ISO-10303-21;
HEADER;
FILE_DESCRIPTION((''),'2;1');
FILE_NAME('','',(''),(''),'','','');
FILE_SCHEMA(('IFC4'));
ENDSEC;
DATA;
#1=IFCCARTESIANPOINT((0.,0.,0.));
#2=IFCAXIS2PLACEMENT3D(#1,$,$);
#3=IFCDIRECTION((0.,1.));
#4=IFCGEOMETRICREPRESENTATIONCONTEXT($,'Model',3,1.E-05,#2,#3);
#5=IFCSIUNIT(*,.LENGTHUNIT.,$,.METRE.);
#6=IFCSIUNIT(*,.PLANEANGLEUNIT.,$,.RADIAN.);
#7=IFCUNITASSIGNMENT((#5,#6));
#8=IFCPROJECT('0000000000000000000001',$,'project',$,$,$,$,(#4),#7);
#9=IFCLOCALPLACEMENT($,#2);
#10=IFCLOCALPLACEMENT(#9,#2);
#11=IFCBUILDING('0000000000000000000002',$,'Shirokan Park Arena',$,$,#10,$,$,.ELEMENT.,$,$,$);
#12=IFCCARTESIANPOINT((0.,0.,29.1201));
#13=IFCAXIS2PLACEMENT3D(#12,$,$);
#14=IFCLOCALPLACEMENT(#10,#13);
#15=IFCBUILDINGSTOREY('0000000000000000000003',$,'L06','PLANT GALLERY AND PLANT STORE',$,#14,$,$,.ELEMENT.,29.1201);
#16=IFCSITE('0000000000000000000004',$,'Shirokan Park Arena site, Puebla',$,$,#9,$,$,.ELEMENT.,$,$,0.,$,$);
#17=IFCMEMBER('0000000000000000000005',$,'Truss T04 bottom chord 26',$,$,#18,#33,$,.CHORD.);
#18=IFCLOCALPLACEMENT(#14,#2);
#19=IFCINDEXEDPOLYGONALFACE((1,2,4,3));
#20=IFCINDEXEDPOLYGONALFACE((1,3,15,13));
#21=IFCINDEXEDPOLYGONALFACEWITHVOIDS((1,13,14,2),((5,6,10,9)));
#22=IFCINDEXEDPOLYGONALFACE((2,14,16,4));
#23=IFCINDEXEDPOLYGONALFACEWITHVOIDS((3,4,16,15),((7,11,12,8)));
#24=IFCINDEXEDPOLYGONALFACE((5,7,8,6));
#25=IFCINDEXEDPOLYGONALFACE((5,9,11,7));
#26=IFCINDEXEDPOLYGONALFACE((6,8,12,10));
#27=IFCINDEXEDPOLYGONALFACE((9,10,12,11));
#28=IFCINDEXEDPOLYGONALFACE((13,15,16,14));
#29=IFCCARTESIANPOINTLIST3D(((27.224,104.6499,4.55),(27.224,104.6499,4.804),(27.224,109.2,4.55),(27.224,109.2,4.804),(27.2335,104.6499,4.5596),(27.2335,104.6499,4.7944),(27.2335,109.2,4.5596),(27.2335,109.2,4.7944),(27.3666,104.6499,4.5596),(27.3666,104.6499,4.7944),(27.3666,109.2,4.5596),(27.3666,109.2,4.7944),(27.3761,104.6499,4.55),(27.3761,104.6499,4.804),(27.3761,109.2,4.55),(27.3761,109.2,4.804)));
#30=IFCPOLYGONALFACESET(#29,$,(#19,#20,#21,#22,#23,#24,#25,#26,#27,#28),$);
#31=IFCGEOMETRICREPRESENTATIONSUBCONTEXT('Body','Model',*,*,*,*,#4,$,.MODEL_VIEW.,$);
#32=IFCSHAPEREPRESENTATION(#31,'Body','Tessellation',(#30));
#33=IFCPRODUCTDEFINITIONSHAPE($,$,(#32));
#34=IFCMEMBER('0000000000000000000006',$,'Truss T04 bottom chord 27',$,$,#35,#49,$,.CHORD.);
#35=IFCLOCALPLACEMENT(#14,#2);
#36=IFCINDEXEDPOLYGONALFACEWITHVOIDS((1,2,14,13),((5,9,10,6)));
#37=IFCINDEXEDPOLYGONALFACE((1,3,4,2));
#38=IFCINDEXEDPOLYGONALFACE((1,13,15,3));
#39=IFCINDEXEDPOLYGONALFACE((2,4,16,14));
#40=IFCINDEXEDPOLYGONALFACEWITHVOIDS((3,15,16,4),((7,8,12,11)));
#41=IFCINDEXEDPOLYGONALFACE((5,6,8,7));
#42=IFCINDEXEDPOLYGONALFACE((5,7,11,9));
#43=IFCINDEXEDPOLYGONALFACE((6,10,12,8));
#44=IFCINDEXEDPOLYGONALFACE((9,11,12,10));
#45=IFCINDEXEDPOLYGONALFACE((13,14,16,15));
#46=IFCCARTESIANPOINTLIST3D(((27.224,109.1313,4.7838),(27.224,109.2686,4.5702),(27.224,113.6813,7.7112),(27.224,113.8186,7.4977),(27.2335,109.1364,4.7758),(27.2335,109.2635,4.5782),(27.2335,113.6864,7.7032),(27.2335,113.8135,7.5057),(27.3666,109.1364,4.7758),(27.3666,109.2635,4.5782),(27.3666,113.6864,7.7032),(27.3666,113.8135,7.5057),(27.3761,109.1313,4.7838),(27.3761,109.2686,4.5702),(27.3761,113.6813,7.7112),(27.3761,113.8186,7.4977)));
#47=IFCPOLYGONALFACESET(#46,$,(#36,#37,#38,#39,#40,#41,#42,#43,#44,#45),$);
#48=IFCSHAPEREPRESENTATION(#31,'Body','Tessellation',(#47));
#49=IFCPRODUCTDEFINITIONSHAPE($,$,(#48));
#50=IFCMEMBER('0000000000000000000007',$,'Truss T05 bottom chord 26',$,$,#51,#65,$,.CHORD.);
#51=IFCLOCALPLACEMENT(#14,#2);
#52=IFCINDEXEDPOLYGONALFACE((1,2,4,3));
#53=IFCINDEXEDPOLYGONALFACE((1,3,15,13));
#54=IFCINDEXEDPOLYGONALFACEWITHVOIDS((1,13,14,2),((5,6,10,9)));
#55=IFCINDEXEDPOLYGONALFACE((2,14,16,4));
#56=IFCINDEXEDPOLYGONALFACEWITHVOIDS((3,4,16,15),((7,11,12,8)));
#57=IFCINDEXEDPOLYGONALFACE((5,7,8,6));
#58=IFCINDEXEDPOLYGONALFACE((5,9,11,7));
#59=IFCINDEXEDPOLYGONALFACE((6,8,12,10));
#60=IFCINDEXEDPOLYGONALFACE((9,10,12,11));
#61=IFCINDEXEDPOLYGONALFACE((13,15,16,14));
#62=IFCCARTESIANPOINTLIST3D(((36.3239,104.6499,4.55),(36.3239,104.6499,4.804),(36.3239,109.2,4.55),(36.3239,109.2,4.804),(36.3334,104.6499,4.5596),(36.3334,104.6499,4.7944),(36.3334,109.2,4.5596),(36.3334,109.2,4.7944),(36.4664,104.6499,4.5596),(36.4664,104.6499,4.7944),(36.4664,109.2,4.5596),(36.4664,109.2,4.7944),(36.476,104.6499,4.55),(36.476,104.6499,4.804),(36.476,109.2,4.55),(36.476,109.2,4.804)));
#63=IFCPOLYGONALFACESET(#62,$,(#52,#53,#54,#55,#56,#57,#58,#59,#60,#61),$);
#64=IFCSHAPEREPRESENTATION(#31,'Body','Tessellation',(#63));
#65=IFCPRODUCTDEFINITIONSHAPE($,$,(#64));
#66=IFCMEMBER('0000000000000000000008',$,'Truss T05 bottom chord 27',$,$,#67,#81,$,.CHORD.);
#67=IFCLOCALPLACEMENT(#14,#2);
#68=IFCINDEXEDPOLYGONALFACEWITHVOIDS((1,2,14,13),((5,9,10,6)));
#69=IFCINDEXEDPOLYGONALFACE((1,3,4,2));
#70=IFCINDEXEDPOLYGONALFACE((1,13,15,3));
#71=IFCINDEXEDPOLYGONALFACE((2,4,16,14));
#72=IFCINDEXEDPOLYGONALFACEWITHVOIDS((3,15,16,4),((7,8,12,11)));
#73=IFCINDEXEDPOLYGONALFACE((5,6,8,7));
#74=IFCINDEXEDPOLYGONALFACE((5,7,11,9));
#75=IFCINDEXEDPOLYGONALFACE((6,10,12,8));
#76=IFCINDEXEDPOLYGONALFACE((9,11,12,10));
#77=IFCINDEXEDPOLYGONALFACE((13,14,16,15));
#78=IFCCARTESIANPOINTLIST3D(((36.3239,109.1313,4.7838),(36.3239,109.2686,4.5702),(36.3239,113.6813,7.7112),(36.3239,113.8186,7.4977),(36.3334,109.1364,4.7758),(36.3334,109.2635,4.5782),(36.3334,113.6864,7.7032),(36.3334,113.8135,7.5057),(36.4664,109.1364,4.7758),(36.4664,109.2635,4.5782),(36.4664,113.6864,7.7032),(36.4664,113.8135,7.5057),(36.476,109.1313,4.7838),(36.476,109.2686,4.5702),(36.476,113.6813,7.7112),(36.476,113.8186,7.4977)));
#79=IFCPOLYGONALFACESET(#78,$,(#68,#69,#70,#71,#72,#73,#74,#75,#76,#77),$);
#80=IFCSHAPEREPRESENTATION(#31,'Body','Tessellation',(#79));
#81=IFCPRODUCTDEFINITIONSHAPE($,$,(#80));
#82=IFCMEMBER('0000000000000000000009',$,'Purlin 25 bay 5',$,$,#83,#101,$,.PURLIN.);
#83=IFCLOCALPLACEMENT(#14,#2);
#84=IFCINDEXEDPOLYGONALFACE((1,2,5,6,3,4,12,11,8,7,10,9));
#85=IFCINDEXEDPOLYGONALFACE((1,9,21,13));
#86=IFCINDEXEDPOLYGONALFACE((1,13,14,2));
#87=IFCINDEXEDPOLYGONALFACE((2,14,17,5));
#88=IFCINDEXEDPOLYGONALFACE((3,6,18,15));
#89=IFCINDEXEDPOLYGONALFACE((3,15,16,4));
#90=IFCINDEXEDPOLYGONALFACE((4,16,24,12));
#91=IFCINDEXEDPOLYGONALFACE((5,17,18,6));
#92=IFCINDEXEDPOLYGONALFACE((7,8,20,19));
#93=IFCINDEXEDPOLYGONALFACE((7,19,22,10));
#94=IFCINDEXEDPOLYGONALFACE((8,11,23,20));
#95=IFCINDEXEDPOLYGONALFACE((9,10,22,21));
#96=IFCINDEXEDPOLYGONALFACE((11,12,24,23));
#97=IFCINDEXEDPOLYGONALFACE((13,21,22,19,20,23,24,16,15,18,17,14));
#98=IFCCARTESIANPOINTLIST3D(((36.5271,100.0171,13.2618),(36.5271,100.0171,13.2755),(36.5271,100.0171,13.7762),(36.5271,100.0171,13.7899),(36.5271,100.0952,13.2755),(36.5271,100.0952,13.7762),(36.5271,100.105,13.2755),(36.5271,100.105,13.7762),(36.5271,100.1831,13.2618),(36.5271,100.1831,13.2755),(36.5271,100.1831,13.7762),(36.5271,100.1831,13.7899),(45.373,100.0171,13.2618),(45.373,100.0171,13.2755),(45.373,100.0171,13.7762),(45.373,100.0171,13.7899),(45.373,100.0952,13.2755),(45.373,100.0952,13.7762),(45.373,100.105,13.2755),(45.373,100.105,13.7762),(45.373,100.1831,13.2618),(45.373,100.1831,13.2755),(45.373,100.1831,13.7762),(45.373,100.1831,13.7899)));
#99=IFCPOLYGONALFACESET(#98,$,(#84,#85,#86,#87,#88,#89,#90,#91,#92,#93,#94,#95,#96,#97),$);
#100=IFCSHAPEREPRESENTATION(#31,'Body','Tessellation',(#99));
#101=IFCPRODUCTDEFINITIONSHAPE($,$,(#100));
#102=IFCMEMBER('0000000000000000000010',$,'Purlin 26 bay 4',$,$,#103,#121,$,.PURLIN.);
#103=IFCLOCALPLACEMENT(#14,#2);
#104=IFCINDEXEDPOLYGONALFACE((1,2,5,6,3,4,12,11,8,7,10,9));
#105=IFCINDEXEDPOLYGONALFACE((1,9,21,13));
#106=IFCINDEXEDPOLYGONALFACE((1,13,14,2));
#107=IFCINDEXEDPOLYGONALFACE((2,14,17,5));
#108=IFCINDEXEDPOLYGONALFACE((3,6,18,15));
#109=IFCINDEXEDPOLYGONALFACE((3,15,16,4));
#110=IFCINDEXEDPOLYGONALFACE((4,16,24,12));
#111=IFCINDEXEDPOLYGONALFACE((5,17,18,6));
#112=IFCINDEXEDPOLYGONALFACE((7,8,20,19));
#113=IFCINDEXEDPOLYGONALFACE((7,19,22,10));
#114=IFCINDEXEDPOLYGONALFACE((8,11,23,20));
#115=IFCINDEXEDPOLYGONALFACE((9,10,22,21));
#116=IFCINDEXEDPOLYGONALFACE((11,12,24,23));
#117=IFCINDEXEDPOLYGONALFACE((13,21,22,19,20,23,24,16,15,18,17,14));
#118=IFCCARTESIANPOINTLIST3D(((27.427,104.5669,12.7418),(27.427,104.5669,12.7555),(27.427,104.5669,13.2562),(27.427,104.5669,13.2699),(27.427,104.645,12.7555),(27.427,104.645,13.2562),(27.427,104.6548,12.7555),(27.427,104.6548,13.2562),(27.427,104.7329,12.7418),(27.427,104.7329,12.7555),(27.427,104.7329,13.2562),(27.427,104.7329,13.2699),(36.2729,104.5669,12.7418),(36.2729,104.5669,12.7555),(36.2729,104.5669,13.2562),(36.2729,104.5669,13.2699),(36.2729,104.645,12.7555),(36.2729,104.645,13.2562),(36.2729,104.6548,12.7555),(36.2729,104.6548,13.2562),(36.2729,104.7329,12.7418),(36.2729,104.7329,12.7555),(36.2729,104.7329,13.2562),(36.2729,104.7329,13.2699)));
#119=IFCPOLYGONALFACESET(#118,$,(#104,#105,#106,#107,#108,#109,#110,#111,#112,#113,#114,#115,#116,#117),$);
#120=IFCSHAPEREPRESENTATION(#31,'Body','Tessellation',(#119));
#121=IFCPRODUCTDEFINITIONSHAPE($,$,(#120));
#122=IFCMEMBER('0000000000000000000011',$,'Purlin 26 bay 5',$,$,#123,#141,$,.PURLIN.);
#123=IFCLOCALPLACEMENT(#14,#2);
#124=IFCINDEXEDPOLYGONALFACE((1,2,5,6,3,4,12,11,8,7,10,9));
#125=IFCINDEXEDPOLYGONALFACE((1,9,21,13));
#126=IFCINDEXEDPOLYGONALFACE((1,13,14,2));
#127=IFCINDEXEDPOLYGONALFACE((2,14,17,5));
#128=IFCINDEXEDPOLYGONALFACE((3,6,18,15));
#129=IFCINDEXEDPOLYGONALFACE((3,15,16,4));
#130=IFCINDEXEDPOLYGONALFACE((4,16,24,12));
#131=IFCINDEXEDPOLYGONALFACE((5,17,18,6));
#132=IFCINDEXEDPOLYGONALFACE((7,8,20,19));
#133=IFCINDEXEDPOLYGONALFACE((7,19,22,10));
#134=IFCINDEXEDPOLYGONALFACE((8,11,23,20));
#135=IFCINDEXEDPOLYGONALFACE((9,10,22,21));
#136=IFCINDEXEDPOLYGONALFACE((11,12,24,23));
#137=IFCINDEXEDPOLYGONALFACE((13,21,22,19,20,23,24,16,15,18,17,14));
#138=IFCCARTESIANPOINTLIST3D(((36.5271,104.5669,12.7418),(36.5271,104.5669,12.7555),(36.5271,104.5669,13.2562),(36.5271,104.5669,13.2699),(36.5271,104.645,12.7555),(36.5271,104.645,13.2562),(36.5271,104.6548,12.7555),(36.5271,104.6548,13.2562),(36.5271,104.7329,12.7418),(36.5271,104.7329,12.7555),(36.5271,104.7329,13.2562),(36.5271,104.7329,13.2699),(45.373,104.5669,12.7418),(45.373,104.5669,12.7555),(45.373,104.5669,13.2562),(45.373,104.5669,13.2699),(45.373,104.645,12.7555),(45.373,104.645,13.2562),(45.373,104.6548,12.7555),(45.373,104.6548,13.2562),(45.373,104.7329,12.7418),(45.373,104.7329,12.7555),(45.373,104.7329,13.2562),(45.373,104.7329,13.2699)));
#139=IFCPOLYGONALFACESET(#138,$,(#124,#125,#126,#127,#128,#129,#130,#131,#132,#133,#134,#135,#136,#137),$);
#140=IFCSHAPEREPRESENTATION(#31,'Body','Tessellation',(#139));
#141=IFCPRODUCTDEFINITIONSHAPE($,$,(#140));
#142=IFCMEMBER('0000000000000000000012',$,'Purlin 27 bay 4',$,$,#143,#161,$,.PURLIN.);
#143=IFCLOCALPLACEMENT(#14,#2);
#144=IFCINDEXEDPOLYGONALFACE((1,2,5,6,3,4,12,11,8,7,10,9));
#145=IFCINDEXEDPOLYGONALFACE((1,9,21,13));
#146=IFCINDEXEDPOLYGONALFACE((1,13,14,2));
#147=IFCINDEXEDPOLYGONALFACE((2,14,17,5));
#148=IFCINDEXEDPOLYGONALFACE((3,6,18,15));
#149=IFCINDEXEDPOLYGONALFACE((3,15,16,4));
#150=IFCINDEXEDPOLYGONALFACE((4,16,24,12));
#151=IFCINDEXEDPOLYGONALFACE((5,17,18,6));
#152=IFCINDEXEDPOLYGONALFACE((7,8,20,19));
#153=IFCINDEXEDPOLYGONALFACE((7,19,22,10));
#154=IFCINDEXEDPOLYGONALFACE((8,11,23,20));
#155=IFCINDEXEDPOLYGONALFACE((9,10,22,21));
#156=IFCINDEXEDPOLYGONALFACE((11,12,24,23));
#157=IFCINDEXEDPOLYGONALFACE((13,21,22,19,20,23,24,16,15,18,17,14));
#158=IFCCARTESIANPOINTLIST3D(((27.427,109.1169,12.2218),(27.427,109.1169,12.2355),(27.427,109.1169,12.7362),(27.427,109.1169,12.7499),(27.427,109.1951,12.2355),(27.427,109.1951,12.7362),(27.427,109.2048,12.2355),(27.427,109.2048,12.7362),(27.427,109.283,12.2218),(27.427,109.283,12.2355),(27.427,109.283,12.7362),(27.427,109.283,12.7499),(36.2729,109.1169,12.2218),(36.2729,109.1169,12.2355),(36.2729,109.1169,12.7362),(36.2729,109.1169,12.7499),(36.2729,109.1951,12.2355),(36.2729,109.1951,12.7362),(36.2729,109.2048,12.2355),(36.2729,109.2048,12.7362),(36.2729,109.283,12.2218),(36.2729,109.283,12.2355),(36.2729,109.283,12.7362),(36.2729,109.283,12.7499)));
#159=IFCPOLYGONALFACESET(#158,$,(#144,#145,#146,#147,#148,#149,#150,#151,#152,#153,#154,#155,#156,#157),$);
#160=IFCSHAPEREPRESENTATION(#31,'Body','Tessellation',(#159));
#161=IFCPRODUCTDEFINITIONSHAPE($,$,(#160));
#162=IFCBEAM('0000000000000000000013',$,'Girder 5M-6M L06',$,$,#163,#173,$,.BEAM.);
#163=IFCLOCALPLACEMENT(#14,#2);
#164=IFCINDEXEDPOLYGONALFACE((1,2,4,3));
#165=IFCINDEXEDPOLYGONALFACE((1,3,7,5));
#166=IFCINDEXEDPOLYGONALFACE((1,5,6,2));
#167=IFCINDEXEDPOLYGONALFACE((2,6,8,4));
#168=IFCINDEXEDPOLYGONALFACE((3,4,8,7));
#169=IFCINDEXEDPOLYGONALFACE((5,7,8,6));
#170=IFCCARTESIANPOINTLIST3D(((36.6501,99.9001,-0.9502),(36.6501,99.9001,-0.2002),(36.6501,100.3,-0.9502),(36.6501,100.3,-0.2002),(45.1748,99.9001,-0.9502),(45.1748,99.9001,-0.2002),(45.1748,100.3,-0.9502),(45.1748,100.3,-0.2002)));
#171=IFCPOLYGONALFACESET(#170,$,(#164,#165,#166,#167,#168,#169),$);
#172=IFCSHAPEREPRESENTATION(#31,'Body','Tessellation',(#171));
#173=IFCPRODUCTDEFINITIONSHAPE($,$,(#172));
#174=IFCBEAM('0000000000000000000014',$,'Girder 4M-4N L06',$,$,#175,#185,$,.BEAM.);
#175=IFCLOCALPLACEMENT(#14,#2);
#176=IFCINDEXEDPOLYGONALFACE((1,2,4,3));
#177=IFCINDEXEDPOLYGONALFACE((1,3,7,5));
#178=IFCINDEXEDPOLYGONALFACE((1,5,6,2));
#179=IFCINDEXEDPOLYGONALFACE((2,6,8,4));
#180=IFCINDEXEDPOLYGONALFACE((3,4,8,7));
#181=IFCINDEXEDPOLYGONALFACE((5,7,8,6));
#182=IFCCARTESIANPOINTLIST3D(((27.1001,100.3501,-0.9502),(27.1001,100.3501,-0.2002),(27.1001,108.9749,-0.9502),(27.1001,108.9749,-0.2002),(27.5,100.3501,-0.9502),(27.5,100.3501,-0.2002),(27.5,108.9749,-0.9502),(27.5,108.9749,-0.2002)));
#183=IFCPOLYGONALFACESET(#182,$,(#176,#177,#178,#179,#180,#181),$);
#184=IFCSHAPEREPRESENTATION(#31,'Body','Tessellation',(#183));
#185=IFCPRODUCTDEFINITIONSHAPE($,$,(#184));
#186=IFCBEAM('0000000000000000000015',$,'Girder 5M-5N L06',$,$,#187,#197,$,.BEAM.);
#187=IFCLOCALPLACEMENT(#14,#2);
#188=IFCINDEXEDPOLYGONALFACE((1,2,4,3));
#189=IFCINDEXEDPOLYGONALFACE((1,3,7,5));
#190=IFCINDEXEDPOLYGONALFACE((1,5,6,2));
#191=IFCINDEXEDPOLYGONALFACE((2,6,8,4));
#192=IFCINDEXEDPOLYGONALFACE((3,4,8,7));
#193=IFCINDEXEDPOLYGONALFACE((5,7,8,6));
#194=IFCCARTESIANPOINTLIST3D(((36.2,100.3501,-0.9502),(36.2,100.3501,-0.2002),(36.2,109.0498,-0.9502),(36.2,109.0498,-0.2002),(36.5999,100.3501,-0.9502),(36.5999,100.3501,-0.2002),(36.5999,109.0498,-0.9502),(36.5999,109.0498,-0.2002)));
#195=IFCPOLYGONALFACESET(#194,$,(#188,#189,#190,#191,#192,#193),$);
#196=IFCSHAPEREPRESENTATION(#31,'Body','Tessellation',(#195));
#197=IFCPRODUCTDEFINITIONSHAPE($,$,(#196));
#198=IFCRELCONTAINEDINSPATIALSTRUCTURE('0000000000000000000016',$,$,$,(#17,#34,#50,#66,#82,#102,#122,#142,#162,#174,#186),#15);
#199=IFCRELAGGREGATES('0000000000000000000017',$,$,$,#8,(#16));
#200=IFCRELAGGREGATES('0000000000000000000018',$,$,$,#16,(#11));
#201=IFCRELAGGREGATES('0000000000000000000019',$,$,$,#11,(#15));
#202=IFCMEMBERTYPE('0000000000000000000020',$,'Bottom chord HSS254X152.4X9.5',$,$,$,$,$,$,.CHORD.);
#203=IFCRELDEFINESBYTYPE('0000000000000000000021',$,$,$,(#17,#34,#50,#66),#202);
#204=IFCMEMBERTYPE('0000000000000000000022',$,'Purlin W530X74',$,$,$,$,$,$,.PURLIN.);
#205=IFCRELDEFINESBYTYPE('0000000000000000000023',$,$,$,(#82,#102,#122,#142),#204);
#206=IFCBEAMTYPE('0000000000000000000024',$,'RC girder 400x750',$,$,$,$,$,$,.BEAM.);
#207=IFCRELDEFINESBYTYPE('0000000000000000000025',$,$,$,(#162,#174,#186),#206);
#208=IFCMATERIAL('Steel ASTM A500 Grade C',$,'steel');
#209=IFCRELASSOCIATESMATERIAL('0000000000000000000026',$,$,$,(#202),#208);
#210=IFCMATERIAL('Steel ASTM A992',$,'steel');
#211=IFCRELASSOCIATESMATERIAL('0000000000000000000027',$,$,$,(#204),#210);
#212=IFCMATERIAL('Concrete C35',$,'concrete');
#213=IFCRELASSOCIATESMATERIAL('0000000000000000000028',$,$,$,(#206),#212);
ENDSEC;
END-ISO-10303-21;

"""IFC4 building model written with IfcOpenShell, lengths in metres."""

from ifc_helpers import new_model, si_unit, direction, frame, origin, origin_2d, place, context, subcontext, project, spatial, rectangle, hollow_rectangle, i_section, extrude, material, material_profile, profile_set, type_object, element, save


model = new_model("IFC4")

# Units and contexts
model_context = context("Model", 3, precision=1e-05, world=origin(), true_north=direction((0.0, 1.0)))
body_context = subcontext(model_context, "Body", "Model", "MODEL_VIEW")
ifc_project = project(units=[si_unit("LENGTHUNIT", "METRE"), si_unit("PLANEANGLEUNIT", "RADIAN")], contexts=[model_context])

# Site, building, storey
site_placement = place(None, origin())
site = spatial("IfcSite", under=ifc_project, at=site_placement, Name="Shirokan Park Arena site, Puebla", CompositionType="ELEMENT", RefElevation=0.0)
building_placement = place(site_placement, origin())
building = spatial("IfcBuilding", under=site, at=building_placement, Name="Shirokan Park Arena", CompositionType="ELEMENT")
storey_placement = place(building_placement, frame((0.0, 0.0, 29.1201)))
storey = spatial("IfcBuildingStorey", under=building, at=storey_placement, Name="L06", Description="PLANT GALLERY AND PLANT STORE", CompositionType="ELEMENT", Elevation=29.1201)

# Members
ifc_material_1 = material(Name="Steel ASTM A500 Grade C", Category="steel")
ifc_material_profile_1 = material_profile(ifc_material_1, hollow_rectangle(XDim=0.1521, YDim=0.2539, WallThickness=0.0095, at=origin_2d()), Name="HSS254X152.4X9.5")
ifc_profile_set_1 = profile_set([ifc_material_profile_1], Name="Steel ASTM A500 Grade C")
member_type_1 = type_object("IfcMemberType", Name="Bottom chord HSS254X152.4X9.5", PredefinedType="CHORD", material=ifc_profile_set_1)
member_1_placement = place(storey_placement, frame((27.3, 104.6499, 4.677), z_axis=(0.0, 1.0, 0.0), x_axis=(-1.0, 0.0, 0.0)))
element("IfcMember", 1, at=member_1_placement, inside=storey, type_object=member_type_1, Name="Truss T04 bottom chord 26", PredefinedType="CHORD", context=body_context, shape_type="SweptSolid", body=[
    extrude(hollow_rectangle(XDim=0.1521, YDim=0.2539, WallThickness=0.0095, at=origin_2d()), origin(), (0.0, 0.0, 1.0), 4.55),
])
member_2_placement = place(storey_placement, frame((27.3, 109.2, 4.677), z_axis=(0.0, 0.840972, 0.541079), x_axis=(-1.0, 0.0, 0.0)))
element("IfcMember", 2, at=member_2_placement, inside=storey, type_object=member_type_1, Name="Truss T04 bottom chord 27", PredefinedType="CHORD", context=body_context, shape_type="SweptSolid", body=[
    extrude(hollow_rectangle(XDim=0.1521, YDim=0.2539, WallThickness=0.0095, at=origin_2d()), origin(), (0.0, 0.0, 1.0), 5.4104),
])
member_3_placement = place(storey_placement, frame((36.3999, 104.6499, 4.677), z_axis=(0.0, 1.0, 0.0), x_axis=(-1.0, 0.0, 0.0)))
element("IfcMember", 3, at=member_3_placement, inside=storey, type_object=member_type_1, Name="Truss T05 bottom chord 26", PredefinedType="CHORD", context=body_context, shape_type="SweptSolid", body=[
    extrude(hollow_rectangle(XDim=0.1521, YDim=0.2539, WallThickness=0.0095, at=origin_2d()), origin(), (0.0, 0.0, 1.0), 4.55),
])
member_4_placement = place(storey_placement, frame((36.3999, 109.2, 4.677), z_axis=(0.0, 0.840972, 0.541079), x_axis=(-1.0, 0.0, 0.0)))
element("IfcMember", 4, at=member_4_placement, inside=storey, type_object=member_type_1, Name="Truss T05 bottom chord 27", PredefinedType="CHORD", context=body_context, shape_type="SweptSolid", body=[
    extrude(hollow_rectangle(XDim=0.1521, YDim=0.2539, WallThickness=0.0095, at=origin_2d()), origin(), (0.0, 0.0, 1.0), 5.4104),
])
ifc_material_2 = material(Name="Steel ASTM A992", Category="steel")
ifc_material_profile_2 = material_profile(ifc_material_2, i_section(OverallWidth=0.166, OverallDepth=0.5281, WebThickness=0.0098, FlangeThickness=0.0137, at=origin_2d()), Name="W530X74")
ifc_profile_set_2 = profile_set([ifc_material_profile_2], Name="Steel ASTM A992")
member_type_2 = type_object("IfcMemberType", Name="Purlin W530X74", PredefinedType="PURLIN", material=ifc_profile_set_2)
for number, where, z_axis, x_axis, name in (
    (5, (36.5271, 100.1001, 13.5259), (1.0, 0.0, 0.0), (0.0, 1.0, 0.0), "Purlin 25 bay 5"),
    (6, (27.427, 104.6499, 13.0059), (1.0, 0.0, 0.0), (0.0, 1.0, 0.0), "Purlin 26 bay 4"),
    (7, (36.5271, 104.6499, 13.0059), (1.0, 0.0, 0.0), (0.0, 1.0, 0.0), "Purlin 26 bay 5"),
    (8, (27.427, 109.2, 12.4858), (1.0, 0.0, 0.0), (0.0, 1.0, 0.0), "Purlin 27 bay 4"),
):
    element("IfcMember", number, at=place(storey_placement, frame(where, z_axis=z_axis, x_axis=x_axis)), inside=storey, type_object=member_type_2, Name=name, PredefinedType="PURLIN", context=body_context, shape_type="SweptSolid", body=[
        extrude(i_section(OverallWidth=0.166, OverallDepth=0.5281, WebThickness=0.0098, FlangeThickness=0.0137, at=origin_2d()), origin(), (0.0, 0.0, 1.0), 8.8459),
    ])

# Beams
ifc_material_3 = material(Name="Concrete C35", Category="concrete")
ifc_material_profile_3 = material_profile(ifc_material_3, rectangle(XDim=0.3999, YDim=0.75, at=origin_2d()), Name="400x750")
ifc_profile_set_3 = profile_set([ifc_material_profile_3], Name="Concrete C35")
beam_type_1 = type_object("IfcBeamType", Name="RC girder 400x750", PredefinedType="BEAM", material=ifc_profile_set_3)
beam_1_placement = place(storey_placement, frame((36.6501, 100.1001, -0.5752), z_axis=(1.0, 0.0, 0.0), x_axis=(0.0, 1.0, 0.0)))
element("IfcBeam", 9, at=beam_1_placement, inside=storey, type_object=beam_type_1, Name="Girder 5M-6M L06", PredefinedType="BEAM", context=body_context, shape_type="SweptSolid", body=[
    extrude(rectangle(XDim=0.3999, YDim=0.75, at=origin_2d()), origin(), (0.0, 0.0, 1.0), 8.5247),
])
beam_2_placement = place(storey_placement, frame((27.3, 100.3501, -0.5752), z_axis=(0.0, 1.0, 0.0), x_axis=(-1.0, 0.0, 0.0)))
element("IfcBeam", 10, at=beam_2_placement, inside=storey, type_object=beam_type_1, Name="Girder 4M-4N L06", PredefinedType="BEAM", context=body_context, shape_type="SweptSolid", body=[
    extrude(rectangle(XDim=0.3999, YDim=0.75, at=origin_2d()), origin(), (0.0, 0.0, 1.0), 8.6248),
])
beam_3_placement = place(storey_placement, frame((36.3999, 100.3501, -0.5752), z_axis=(0.0, 1.0, 0.0), x_axis=(-1.0, 0.0, 0.0)))
element("IfcBeam", 11, at=beam_3_placement, inside=storey, type_object=beam_type_1, Name="Girder 5M-5N L06", PredefinedType="BEAM", context=body_context, shape_type="SweptSolid", body=[
    extrude(rectangle(XDim=0.3999, YDim=0.75, at=origin_2d()), origin(), (0.0, 0.0, 1.0), 8.6997),
])

save(model, "model.ifc")
